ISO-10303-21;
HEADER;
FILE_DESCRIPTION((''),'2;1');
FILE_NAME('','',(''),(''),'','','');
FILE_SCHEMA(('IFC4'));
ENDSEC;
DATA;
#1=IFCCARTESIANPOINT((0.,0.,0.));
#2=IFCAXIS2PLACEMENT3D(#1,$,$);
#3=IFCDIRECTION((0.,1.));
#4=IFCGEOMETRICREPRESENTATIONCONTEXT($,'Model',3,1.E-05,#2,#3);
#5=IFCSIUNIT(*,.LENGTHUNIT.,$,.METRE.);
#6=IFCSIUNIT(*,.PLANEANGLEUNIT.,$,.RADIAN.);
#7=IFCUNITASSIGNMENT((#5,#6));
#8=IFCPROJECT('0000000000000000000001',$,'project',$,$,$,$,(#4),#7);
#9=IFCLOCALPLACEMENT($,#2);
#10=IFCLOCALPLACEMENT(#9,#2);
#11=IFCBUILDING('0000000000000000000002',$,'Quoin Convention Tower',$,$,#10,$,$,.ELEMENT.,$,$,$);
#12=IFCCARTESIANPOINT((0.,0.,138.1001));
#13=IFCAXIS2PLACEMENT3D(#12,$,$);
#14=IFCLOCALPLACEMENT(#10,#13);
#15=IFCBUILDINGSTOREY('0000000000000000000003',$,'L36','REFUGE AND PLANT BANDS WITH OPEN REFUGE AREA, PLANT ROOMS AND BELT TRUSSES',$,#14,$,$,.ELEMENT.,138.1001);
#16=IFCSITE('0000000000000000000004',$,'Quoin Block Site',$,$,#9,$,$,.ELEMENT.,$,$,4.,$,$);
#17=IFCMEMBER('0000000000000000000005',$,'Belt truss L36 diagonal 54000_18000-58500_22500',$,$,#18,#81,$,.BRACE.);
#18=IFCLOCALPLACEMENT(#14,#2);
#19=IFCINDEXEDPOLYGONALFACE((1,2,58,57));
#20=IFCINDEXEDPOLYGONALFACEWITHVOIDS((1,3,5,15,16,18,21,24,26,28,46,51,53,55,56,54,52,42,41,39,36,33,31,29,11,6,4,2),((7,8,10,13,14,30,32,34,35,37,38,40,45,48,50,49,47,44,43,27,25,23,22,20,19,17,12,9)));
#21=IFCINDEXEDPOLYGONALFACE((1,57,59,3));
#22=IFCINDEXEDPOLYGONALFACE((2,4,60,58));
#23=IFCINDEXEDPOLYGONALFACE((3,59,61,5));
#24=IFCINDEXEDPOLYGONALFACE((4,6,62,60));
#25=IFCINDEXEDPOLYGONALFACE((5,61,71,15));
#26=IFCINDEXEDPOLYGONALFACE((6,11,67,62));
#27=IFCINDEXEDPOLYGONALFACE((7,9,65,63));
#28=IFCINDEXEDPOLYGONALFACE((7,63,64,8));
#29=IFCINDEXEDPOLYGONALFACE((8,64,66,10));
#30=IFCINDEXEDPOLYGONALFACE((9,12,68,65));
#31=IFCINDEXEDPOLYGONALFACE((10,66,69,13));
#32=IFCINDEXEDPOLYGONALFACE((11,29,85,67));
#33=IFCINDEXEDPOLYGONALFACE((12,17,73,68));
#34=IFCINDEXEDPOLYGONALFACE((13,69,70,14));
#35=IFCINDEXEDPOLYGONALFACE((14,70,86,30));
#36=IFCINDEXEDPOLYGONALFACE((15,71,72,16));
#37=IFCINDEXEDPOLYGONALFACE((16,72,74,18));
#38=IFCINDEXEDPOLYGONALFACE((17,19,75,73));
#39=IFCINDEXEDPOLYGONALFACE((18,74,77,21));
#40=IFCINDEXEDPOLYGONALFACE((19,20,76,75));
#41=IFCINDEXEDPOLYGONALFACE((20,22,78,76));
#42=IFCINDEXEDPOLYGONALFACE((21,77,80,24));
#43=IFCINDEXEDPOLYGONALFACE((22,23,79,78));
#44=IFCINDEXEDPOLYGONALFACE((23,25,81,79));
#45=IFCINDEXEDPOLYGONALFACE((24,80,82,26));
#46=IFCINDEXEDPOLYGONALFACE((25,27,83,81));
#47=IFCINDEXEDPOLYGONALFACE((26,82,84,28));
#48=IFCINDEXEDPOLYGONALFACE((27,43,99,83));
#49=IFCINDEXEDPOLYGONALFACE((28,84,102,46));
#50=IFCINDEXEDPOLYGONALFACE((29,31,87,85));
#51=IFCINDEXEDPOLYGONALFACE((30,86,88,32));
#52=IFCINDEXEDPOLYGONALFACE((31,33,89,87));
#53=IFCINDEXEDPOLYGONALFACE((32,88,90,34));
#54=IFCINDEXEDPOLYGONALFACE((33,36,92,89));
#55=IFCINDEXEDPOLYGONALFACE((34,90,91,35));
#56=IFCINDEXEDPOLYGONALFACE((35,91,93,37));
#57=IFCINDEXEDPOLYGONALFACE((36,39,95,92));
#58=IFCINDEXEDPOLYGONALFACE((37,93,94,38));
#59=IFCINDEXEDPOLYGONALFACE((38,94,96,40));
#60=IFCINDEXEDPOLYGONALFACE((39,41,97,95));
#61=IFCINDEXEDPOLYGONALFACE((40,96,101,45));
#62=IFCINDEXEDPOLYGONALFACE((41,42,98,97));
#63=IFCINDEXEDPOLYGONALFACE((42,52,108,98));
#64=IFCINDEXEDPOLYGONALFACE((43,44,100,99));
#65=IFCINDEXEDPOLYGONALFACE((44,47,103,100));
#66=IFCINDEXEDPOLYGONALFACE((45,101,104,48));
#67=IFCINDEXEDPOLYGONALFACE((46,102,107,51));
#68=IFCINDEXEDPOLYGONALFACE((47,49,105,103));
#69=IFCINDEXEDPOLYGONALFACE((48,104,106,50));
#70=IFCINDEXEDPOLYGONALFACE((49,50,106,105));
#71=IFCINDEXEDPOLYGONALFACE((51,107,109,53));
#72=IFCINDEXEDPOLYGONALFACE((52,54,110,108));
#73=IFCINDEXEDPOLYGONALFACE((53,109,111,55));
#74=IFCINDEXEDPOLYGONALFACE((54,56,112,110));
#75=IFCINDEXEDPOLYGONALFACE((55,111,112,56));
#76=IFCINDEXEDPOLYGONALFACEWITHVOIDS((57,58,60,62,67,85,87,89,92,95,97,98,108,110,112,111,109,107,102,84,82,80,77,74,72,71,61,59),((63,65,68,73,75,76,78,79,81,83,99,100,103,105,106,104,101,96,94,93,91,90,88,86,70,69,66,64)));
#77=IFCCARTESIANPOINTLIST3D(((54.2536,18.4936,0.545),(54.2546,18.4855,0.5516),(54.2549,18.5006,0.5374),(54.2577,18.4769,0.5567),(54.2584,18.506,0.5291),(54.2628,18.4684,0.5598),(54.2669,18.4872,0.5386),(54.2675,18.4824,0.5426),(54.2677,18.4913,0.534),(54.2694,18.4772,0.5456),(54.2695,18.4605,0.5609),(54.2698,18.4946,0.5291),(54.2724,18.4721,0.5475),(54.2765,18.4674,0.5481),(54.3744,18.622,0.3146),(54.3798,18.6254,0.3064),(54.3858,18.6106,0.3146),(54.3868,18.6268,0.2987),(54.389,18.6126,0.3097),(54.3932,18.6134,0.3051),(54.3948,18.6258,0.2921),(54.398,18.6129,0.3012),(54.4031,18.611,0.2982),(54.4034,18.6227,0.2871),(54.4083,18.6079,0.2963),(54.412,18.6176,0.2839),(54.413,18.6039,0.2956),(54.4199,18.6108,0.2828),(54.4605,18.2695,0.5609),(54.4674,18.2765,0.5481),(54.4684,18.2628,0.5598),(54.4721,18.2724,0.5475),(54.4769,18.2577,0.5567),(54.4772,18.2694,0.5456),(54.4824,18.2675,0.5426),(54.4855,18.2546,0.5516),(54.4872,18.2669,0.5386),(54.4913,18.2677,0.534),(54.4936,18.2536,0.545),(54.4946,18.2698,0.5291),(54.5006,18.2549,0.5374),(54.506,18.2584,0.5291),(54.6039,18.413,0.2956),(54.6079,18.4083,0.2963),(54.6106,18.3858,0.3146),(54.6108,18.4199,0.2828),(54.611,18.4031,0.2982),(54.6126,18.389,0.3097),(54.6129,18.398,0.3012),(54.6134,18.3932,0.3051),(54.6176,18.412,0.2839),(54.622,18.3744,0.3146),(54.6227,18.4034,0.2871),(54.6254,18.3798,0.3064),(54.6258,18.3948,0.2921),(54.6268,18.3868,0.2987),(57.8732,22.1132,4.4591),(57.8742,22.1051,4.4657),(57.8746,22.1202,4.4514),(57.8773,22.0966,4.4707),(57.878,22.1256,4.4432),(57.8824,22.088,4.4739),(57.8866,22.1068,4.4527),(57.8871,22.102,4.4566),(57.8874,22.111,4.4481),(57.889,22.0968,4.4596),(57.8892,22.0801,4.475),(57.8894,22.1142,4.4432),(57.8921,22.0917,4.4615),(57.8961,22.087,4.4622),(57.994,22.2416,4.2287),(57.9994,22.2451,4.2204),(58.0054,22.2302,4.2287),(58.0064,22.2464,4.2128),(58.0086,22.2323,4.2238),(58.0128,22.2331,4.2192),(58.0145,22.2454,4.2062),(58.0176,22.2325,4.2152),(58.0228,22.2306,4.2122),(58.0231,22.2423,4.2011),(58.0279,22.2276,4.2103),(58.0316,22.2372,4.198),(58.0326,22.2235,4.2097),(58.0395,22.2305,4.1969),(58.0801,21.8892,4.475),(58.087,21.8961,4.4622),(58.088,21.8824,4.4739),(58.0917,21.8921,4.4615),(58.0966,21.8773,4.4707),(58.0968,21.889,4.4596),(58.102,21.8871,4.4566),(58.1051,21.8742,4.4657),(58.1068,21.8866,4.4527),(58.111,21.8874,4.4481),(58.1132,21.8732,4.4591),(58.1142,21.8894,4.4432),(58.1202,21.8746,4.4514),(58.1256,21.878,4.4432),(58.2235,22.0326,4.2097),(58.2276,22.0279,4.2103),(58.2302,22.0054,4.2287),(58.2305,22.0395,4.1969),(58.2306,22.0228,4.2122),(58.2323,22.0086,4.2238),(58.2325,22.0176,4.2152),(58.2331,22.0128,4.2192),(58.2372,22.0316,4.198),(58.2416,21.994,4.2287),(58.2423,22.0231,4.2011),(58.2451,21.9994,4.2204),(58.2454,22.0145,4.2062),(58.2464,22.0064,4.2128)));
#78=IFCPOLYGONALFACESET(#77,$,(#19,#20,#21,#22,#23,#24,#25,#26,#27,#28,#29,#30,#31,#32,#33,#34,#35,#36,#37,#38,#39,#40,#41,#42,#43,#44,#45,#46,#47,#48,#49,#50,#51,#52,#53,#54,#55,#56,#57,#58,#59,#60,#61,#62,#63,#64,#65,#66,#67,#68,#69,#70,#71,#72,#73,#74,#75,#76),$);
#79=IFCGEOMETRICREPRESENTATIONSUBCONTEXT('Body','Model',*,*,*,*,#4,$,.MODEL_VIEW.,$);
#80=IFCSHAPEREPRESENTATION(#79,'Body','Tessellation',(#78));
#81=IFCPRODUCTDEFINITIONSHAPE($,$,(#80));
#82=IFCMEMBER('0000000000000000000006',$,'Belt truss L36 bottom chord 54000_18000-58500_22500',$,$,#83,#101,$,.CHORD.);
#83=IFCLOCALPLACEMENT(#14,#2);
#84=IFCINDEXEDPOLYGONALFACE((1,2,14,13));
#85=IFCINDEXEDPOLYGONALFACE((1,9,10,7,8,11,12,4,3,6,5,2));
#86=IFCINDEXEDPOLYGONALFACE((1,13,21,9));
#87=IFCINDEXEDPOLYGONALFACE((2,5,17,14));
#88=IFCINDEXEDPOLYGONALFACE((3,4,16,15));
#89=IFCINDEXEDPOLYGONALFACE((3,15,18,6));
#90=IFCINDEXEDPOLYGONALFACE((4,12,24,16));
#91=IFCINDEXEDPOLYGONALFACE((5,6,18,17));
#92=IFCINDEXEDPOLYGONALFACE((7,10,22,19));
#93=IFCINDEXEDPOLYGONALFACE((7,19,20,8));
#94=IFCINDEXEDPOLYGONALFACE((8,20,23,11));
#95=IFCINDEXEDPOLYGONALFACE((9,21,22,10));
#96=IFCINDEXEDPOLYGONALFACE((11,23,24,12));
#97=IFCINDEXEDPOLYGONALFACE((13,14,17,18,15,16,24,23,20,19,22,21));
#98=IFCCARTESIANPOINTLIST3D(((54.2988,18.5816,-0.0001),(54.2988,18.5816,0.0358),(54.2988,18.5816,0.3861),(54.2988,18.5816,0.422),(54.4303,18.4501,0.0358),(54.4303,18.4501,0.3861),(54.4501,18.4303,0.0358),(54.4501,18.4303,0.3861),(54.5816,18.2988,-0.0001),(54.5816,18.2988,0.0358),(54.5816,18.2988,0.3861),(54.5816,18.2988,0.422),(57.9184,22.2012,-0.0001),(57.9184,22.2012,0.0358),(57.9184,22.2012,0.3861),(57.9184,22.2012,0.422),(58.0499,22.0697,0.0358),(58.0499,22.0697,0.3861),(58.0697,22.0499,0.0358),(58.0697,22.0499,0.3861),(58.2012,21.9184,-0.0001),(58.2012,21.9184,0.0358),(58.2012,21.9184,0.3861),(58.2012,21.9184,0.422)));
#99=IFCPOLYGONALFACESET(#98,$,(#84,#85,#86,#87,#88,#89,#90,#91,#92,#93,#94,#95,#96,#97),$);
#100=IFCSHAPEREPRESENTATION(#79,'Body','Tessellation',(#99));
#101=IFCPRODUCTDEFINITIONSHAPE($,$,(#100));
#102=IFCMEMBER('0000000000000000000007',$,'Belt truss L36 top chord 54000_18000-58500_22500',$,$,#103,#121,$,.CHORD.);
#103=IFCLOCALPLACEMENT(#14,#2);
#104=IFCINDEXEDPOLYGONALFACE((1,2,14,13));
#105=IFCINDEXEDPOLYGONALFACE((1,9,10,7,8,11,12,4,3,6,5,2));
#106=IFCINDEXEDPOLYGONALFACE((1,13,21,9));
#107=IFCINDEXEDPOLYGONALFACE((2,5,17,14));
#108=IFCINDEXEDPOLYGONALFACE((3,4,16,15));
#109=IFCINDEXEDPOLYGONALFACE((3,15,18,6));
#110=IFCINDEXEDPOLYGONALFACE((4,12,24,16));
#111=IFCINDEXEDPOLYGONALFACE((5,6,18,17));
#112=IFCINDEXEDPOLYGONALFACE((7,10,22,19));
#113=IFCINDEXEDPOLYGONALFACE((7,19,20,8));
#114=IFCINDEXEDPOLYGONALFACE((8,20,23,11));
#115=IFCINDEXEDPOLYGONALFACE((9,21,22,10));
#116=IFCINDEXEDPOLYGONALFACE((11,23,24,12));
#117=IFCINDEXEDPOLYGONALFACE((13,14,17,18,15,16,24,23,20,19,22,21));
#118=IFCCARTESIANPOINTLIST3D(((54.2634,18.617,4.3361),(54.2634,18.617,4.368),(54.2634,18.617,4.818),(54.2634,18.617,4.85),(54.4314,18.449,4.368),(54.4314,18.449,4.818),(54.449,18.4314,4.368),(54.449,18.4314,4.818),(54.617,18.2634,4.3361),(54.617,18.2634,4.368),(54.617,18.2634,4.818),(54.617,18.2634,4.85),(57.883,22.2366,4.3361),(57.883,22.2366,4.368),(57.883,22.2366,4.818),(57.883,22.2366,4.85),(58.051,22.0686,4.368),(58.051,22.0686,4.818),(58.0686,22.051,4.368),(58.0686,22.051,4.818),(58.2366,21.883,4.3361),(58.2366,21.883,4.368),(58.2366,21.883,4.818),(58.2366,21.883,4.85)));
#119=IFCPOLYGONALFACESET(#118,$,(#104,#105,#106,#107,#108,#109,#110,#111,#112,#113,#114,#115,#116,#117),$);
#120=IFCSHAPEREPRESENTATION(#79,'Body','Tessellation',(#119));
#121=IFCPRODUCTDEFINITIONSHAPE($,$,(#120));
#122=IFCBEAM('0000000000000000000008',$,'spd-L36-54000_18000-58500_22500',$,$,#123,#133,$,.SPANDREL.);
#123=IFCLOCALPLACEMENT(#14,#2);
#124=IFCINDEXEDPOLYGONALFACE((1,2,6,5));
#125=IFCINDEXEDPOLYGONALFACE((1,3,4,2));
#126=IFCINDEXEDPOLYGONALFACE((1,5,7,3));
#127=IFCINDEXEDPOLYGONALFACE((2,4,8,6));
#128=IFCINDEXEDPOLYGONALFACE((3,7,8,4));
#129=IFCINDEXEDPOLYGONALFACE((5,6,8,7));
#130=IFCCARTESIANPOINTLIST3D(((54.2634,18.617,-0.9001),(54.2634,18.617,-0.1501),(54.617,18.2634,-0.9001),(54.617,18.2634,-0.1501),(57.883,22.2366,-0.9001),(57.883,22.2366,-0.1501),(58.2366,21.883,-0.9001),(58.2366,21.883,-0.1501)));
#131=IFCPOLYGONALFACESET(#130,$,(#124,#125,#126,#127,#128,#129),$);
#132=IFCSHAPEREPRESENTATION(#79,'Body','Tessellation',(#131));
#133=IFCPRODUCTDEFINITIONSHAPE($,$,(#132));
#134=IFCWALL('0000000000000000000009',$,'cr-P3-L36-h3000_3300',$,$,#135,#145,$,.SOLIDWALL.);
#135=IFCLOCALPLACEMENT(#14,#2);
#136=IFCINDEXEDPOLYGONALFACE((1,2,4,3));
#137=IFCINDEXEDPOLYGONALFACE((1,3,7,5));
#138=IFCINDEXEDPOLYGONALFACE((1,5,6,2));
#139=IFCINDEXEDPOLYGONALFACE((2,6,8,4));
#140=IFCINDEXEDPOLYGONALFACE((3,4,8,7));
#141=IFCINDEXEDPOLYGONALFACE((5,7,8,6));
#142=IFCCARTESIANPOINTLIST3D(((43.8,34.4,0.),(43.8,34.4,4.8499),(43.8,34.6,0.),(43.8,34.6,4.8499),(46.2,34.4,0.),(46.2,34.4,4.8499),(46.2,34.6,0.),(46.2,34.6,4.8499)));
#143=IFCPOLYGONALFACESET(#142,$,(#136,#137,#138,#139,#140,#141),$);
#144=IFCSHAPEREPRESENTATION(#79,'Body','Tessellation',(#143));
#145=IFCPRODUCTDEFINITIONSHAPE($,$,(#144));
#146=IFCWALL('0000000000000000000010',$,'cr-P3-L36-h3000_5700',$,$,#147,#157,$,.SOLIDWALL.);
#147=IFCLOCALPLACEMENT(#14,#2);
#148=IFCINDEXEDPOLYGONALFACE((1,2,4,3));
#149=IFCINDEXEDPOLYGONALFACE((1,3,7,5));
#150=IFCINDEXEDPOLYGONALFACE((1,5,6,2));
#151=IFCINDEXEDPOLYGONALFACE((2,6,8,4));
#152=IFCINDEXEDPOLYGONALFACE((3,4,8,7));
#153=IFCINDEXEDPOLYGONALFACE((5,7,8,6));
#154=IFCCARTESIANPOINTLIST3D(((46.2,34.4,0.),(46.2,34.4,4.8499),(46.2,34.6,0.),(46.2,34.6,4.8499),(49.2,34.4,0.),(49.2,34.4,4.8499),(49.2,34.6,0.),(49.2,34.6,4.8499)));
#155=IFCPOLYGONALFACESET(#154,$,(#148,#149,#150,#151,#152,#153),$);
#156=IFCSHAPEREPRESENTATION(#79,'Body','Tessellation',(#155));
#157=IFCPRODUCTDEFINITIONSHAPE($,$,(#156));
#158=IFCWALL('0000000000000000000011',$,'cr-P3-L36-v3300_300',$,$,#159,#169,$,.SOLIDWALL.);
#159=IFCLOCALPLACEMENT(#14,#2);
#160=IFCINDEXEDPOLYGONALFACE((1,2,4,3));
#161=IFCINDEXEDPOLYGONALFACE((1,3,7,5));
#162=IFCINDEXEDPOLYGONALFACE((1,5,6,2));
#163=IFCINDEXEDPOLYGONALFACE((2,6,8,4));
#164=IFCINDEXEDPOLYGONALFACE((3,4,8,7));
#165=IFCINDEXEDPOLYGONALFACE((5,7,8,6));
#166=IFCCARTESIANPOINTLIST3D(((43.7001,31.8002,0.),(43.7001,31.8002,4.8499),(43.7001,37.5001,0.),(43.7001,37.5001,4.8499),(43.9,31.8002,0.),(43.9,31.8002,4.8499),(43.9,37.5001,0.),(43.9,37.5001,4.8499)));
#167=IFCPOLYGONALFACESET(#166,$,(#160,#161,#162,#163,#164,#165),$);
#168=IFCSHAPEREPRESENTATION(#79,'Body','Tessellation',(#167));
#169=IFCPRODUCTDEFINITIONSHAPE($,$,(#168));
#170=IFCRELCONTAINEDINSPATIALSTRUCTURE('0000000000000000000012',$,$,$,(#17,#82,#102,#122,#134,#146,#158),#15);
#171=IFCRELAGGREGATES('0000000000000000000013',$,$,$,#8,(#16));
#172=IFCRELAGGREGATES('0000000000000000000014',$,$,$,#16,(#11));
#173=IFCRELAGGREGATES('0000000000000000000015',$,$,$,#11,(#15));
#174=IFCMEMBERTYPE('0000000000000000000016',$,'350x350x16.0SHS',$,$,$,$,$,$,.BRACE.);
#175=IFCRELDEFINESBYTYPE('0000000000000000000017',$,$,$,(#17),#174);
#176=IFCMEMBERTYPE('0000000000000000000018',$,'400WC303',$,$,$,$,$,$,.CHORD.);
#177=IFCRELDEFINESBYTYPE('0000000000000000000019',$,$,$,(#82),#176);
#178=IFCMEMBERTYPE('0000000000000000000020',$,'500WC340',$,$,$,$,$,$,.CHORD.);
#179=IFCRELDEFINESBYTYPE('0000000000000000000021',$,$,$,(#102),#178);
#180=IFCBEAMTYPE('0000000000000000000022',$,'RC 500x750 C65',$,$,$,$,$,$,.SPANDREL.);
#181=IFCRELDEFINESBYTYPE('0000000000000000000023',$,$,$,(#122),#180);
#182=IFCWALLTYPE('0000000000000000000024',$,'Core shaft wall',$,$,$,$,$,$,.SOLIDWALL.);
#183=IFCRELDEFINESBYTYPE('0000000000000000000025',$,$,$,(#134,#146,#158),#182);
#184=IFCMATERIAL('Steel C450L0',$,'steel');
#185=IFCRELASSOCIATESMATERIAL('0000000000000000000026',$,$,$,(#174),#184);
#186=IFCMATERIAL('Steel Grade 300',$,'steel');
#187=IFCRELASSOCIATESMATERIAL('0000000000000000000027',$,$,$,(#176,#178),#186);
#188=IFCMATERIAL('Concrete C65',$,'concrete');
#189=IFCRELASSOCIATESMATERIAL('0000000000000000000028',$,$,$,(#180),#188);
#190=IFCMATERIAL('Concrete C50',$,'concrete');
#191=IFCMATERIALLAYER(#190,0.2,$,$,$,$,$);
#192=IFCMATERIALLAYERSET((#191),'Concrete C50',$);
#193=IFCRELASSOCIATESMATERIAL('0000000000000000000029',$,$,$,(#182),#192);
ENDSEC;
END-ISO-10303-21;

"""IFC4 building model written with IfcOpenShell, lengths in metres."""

from ifc_helpers import new_model, si_unit, direction, frame, frame_2d, origin, origin_2d, place, context, subcontext, project, spatial, rectangle, hollow_rectangle, i_section, extrude, material, layer, layer_set, material_profile, profile_set, type_object, element, save


model = new_model("IFC4")

# Units and contexts
model_context = context("Model", 3, precision=1e-05, world=origin(), true_north=direction((0.0, 1.0)))
body_context = subcontext(model_context, "Body", "Model", "MODEL_VIEW")
ifc_project = project(units=[si_unit("LENGTHUNIT", "METRE"), si_unit("PLANEANGLEUNIT", "RADIAN")], contexts=[model_context])

# Site, building, storey
site_placement = place(None, origin())
site = spatial("IfcSite", under=ifc_project, at=site_placement, Name="Quoin Block Site", CompositionType="ELEMENT", RefElevation=4.0)
building_placement = place(site_placement, origin())
building = spatial("IfcBuilding", under=site, at=building_placement, Name="Quoin Convention Tower", CompositionType="ELEMENT")
storey_placement = place(building_placement, frame((0.0, 0.0, 138.1001)))
storey = spatial("IfcBuildingStorey", under=building, at=storey_placement, Name="L36", Description="REFUGE AND PLANT BANDS WITH OPEN REFUGE AREA, PLANT ROOMS AND BELT TRUSSES", CompositionType="ELEMENT", Elevation=138.1001)

# Members
ifc_material_1 = material(Name="Steel C450L0", Category="steel")
ifc_material_profile_1 = material_profile(ifc_material_1, hollow_rectangle(XDim=0.3501, YDim=0.3501, WallThickness=0.0161, InnerFilletRadius=0.0239, OuterFilletRadius=0.04, at=origin_2d()), Name="350x350x16.0SHS")
ifc_profile_set_1 = profile_set([ifc_material_profile_1], Name="Steel C450L0")
member_type_1 = type_object("IfcMemberType", Name="350x350x16.0SHS", PredefinedType="BRACE", material=ifc_profile_set_1)
member_1_placement = place(storey_placement, frame((54.4402, 18.4402, 0.4219), z_axis=(0.561718, 0.561718, 0.60741), x_axis=(-0.707107, 0.707107, 0.0)))
element("IfcMember", 1, at=member_1_placement, inside=storey, type_object=member_type_1, Name="Belt truss L36 diagonal 54000_18000-58500_22500", PredefinedType="BRACE", context=body_context, shape_type="SweptSolid", body=[
    extrude(hollow_rectangle(XDim=0.3501, YDim=0.3501, WallThickness=0.0161, InnerFilletRadius=0.0239, OuterFilletRadius=0.04, at=origin_2d()), origin(), (0.0, 0.0, 1.0), 6.4438),
])
ifc_material_2 = material(Name="Steel Grade 300", Category="steel")
ifc_material_profile_2 = material_profile(ifc_material_2, i_section(OverallWidth=0.3999, OverallDepth=0.4221, WebThickness=0.0281, FlangeThickness=0.0359, at=origin_2d()), Name="400WC303")
ifc_profile_set_2 = profile_set([ifc_material_profile_2], Name="Steel Grade 300")
member_type_2 = type_object("IfcMemberType", Name="400WC303", PredefinedType="CHORD", material=ifc_profile_set_2)
member_2_placement = place(storey_placement, frame((54.4402, 18.4402, 0.2109), z_axis=(0.707107, 0.707107, 0.0), x_axis=(-0.707107, 0.707107, 0.0)))
element("IfcMember", 2, at=member_2_placement, inside=storey, type_object=member_type_2, Name="Belt truss L36 bottom chord 54000_18000-58500_22500", PredefinedType="CHORD", context=body_context, shape_type="SweptSolid", body=[
    extrude(i_section(OverallWidth=0.3999, OverallDepth=0.4221, WebThickness=0.0281, FlangeThickness=0.0359, at=origin_2d()), origin(), (0.0, 0.0, 1.0), 5.1189),
])
ifc_material_profile_3 = material_profile(ifc_material_2, i_section(OverallWidth=0.5, OverallDepth=0.5139, WebThickness=0.0249, FlangeThickness=0.032, at=origin_2d()), Name="500WC340")
ifc_profile_set_3 = profile_set([ifc_material_profile_3], Name="Steel Grade 300")
member_type_3 = type_object("IfcMemberType", Name="500WC340", PredefinedType="CHORD", material=ifc_profile_set_3)
member_3_placement = place(storey_placement, frame((54.4402, 18.4402, 4.593), z_axis=(0.707107, 0.707107, 0.0), x_axis=(-0.707107, 0.707107, 0.0)))
element("IfcMember", 3, at=member_3_placement, inside=storey, type_object=member_type_3, Name="Belt truss L36 top chord 54000_18000-58500_22500", PredefinedType="CHORD", context=body_context, shape_type="SweptSolid", body=[
    extrude(i_section(OverallWidth=0.5, OverallDepth=0.5139, WebThickness=0.0249, FlangeThickness=0.032, at=origin_2d()), origin(), (0.0, 0.0, 1.0), 5.1189),
])

# Beam
ifc_material_3 = material(Name="Concrete C65", Category="concrete")
ifc_material_profile_4 = material_profile(ifc_material_3, rectangle(XDim=0.5, YDim=0.75, at=origin_2d()), Name="RC 500x750")
ifc_profile_set_4 = profile_set([ifc_material_profile_4], Name="Concrete C65")
beam_type = type_object("IfcBeamType", Name="RC 500x750 C65", PredefinedType="SPANDREL", material=ifc_profile_set_4)
beam_placement = place(storey_placement, frame((54.4402, 18.4402, -0.5251), z_axis=(0.707107, 0.707107, 0.0), x_axis=(-0.707107, 0.707107, 0.0)))
element("IfcBeam", 4, at=beam_placement, inside=storey, type_object=beam_type, Name="spd-L36-54000_18000-58500_22500", PredefinedType="SPANDREL", context=body_context, shape_type="SweptSolid", body=[
    extrude(rectangle(XDim=0.5, YDim=0.75, at=origin_2d()), origin(), (0.0, 0.0, 1.0), 5.1189),
])

# Walls
ifc_material_4 = material(Name="Concrete C50", Category="concrete")
ifc_layer_1 = layer(ifc_material_4, 0.2)
ifc_layer_set_1 = layer_set([ifc_layer_1], Name="Concrete C50")
wall_type_1 = type_object("IfcWallType", Name="Core shaft wall", PredefinedType="SOLIDWALL", material=ifc_layer_set_1)
wall_1_placement = place(storey_placement, frame((43.8, 34.5, 0.0), z_axis=(0.0, 0.0, 1.0), x_axis=(1.0, 0.0, 0.0)))
element("IfcWall", 5, at=wall_1_placement, inside=storey, type_object=wall_type_1, Name="cr-P3-L36-h3000_3300", PredefinedType="SOLIDWALL", context=body_context, shape_type="SweptSolid", body=[
    extrude(rectangle(XDim=2.3999, YDim=0.2, at=frame_2d((1.2, 0.0))), origin(), (0.0, 0.0, 1.0), 4.8499),
])
wall_2_placement = place(storey_placement, frame((46.2, 34.5, 0.0), z_axis=(0.0, 0.0, 1.0), x_axis=(1.0, 0.0, 0.0)))
element("IfcWall", 6, at=wall_2_placement, inside=storey, type_object=wall_type_1, Name="cr-P3-L36-h3000_5700", PredefinedType="SOLIDWALL", context=body_context, shape_type="SweptSolid", body=[
    extrude(rectangle(XDim=3.0, YDim=0.2, at=frame_2d((1.5, 0.0))), origin(), (0.0, 0.0, 1.0), 4.8499),
])
wall_3_placement = place(storey_placement, frame((43.8, 31.8, 0.0), z_axis=(0.0, 0.0, 1.0), x_axis=(0.0, 1.0, 0.0)))
element("IfcWall", 7, at=wall_3_placement, inside=storey, type_object=wall_type_1, Name="cr-P3-L36-v3300_300", PredefinedType="SOLIDWALL", context=body_context, shape_type="SweptSolid", body=[
    extrude(rectangle(XDim=5.7, YDim=0.2, at=frame_2d((2.8501, 0.0))), origin(), (0.0, 0.0, 1.0), 4.8499),
])

save(model, "model.ifc")
